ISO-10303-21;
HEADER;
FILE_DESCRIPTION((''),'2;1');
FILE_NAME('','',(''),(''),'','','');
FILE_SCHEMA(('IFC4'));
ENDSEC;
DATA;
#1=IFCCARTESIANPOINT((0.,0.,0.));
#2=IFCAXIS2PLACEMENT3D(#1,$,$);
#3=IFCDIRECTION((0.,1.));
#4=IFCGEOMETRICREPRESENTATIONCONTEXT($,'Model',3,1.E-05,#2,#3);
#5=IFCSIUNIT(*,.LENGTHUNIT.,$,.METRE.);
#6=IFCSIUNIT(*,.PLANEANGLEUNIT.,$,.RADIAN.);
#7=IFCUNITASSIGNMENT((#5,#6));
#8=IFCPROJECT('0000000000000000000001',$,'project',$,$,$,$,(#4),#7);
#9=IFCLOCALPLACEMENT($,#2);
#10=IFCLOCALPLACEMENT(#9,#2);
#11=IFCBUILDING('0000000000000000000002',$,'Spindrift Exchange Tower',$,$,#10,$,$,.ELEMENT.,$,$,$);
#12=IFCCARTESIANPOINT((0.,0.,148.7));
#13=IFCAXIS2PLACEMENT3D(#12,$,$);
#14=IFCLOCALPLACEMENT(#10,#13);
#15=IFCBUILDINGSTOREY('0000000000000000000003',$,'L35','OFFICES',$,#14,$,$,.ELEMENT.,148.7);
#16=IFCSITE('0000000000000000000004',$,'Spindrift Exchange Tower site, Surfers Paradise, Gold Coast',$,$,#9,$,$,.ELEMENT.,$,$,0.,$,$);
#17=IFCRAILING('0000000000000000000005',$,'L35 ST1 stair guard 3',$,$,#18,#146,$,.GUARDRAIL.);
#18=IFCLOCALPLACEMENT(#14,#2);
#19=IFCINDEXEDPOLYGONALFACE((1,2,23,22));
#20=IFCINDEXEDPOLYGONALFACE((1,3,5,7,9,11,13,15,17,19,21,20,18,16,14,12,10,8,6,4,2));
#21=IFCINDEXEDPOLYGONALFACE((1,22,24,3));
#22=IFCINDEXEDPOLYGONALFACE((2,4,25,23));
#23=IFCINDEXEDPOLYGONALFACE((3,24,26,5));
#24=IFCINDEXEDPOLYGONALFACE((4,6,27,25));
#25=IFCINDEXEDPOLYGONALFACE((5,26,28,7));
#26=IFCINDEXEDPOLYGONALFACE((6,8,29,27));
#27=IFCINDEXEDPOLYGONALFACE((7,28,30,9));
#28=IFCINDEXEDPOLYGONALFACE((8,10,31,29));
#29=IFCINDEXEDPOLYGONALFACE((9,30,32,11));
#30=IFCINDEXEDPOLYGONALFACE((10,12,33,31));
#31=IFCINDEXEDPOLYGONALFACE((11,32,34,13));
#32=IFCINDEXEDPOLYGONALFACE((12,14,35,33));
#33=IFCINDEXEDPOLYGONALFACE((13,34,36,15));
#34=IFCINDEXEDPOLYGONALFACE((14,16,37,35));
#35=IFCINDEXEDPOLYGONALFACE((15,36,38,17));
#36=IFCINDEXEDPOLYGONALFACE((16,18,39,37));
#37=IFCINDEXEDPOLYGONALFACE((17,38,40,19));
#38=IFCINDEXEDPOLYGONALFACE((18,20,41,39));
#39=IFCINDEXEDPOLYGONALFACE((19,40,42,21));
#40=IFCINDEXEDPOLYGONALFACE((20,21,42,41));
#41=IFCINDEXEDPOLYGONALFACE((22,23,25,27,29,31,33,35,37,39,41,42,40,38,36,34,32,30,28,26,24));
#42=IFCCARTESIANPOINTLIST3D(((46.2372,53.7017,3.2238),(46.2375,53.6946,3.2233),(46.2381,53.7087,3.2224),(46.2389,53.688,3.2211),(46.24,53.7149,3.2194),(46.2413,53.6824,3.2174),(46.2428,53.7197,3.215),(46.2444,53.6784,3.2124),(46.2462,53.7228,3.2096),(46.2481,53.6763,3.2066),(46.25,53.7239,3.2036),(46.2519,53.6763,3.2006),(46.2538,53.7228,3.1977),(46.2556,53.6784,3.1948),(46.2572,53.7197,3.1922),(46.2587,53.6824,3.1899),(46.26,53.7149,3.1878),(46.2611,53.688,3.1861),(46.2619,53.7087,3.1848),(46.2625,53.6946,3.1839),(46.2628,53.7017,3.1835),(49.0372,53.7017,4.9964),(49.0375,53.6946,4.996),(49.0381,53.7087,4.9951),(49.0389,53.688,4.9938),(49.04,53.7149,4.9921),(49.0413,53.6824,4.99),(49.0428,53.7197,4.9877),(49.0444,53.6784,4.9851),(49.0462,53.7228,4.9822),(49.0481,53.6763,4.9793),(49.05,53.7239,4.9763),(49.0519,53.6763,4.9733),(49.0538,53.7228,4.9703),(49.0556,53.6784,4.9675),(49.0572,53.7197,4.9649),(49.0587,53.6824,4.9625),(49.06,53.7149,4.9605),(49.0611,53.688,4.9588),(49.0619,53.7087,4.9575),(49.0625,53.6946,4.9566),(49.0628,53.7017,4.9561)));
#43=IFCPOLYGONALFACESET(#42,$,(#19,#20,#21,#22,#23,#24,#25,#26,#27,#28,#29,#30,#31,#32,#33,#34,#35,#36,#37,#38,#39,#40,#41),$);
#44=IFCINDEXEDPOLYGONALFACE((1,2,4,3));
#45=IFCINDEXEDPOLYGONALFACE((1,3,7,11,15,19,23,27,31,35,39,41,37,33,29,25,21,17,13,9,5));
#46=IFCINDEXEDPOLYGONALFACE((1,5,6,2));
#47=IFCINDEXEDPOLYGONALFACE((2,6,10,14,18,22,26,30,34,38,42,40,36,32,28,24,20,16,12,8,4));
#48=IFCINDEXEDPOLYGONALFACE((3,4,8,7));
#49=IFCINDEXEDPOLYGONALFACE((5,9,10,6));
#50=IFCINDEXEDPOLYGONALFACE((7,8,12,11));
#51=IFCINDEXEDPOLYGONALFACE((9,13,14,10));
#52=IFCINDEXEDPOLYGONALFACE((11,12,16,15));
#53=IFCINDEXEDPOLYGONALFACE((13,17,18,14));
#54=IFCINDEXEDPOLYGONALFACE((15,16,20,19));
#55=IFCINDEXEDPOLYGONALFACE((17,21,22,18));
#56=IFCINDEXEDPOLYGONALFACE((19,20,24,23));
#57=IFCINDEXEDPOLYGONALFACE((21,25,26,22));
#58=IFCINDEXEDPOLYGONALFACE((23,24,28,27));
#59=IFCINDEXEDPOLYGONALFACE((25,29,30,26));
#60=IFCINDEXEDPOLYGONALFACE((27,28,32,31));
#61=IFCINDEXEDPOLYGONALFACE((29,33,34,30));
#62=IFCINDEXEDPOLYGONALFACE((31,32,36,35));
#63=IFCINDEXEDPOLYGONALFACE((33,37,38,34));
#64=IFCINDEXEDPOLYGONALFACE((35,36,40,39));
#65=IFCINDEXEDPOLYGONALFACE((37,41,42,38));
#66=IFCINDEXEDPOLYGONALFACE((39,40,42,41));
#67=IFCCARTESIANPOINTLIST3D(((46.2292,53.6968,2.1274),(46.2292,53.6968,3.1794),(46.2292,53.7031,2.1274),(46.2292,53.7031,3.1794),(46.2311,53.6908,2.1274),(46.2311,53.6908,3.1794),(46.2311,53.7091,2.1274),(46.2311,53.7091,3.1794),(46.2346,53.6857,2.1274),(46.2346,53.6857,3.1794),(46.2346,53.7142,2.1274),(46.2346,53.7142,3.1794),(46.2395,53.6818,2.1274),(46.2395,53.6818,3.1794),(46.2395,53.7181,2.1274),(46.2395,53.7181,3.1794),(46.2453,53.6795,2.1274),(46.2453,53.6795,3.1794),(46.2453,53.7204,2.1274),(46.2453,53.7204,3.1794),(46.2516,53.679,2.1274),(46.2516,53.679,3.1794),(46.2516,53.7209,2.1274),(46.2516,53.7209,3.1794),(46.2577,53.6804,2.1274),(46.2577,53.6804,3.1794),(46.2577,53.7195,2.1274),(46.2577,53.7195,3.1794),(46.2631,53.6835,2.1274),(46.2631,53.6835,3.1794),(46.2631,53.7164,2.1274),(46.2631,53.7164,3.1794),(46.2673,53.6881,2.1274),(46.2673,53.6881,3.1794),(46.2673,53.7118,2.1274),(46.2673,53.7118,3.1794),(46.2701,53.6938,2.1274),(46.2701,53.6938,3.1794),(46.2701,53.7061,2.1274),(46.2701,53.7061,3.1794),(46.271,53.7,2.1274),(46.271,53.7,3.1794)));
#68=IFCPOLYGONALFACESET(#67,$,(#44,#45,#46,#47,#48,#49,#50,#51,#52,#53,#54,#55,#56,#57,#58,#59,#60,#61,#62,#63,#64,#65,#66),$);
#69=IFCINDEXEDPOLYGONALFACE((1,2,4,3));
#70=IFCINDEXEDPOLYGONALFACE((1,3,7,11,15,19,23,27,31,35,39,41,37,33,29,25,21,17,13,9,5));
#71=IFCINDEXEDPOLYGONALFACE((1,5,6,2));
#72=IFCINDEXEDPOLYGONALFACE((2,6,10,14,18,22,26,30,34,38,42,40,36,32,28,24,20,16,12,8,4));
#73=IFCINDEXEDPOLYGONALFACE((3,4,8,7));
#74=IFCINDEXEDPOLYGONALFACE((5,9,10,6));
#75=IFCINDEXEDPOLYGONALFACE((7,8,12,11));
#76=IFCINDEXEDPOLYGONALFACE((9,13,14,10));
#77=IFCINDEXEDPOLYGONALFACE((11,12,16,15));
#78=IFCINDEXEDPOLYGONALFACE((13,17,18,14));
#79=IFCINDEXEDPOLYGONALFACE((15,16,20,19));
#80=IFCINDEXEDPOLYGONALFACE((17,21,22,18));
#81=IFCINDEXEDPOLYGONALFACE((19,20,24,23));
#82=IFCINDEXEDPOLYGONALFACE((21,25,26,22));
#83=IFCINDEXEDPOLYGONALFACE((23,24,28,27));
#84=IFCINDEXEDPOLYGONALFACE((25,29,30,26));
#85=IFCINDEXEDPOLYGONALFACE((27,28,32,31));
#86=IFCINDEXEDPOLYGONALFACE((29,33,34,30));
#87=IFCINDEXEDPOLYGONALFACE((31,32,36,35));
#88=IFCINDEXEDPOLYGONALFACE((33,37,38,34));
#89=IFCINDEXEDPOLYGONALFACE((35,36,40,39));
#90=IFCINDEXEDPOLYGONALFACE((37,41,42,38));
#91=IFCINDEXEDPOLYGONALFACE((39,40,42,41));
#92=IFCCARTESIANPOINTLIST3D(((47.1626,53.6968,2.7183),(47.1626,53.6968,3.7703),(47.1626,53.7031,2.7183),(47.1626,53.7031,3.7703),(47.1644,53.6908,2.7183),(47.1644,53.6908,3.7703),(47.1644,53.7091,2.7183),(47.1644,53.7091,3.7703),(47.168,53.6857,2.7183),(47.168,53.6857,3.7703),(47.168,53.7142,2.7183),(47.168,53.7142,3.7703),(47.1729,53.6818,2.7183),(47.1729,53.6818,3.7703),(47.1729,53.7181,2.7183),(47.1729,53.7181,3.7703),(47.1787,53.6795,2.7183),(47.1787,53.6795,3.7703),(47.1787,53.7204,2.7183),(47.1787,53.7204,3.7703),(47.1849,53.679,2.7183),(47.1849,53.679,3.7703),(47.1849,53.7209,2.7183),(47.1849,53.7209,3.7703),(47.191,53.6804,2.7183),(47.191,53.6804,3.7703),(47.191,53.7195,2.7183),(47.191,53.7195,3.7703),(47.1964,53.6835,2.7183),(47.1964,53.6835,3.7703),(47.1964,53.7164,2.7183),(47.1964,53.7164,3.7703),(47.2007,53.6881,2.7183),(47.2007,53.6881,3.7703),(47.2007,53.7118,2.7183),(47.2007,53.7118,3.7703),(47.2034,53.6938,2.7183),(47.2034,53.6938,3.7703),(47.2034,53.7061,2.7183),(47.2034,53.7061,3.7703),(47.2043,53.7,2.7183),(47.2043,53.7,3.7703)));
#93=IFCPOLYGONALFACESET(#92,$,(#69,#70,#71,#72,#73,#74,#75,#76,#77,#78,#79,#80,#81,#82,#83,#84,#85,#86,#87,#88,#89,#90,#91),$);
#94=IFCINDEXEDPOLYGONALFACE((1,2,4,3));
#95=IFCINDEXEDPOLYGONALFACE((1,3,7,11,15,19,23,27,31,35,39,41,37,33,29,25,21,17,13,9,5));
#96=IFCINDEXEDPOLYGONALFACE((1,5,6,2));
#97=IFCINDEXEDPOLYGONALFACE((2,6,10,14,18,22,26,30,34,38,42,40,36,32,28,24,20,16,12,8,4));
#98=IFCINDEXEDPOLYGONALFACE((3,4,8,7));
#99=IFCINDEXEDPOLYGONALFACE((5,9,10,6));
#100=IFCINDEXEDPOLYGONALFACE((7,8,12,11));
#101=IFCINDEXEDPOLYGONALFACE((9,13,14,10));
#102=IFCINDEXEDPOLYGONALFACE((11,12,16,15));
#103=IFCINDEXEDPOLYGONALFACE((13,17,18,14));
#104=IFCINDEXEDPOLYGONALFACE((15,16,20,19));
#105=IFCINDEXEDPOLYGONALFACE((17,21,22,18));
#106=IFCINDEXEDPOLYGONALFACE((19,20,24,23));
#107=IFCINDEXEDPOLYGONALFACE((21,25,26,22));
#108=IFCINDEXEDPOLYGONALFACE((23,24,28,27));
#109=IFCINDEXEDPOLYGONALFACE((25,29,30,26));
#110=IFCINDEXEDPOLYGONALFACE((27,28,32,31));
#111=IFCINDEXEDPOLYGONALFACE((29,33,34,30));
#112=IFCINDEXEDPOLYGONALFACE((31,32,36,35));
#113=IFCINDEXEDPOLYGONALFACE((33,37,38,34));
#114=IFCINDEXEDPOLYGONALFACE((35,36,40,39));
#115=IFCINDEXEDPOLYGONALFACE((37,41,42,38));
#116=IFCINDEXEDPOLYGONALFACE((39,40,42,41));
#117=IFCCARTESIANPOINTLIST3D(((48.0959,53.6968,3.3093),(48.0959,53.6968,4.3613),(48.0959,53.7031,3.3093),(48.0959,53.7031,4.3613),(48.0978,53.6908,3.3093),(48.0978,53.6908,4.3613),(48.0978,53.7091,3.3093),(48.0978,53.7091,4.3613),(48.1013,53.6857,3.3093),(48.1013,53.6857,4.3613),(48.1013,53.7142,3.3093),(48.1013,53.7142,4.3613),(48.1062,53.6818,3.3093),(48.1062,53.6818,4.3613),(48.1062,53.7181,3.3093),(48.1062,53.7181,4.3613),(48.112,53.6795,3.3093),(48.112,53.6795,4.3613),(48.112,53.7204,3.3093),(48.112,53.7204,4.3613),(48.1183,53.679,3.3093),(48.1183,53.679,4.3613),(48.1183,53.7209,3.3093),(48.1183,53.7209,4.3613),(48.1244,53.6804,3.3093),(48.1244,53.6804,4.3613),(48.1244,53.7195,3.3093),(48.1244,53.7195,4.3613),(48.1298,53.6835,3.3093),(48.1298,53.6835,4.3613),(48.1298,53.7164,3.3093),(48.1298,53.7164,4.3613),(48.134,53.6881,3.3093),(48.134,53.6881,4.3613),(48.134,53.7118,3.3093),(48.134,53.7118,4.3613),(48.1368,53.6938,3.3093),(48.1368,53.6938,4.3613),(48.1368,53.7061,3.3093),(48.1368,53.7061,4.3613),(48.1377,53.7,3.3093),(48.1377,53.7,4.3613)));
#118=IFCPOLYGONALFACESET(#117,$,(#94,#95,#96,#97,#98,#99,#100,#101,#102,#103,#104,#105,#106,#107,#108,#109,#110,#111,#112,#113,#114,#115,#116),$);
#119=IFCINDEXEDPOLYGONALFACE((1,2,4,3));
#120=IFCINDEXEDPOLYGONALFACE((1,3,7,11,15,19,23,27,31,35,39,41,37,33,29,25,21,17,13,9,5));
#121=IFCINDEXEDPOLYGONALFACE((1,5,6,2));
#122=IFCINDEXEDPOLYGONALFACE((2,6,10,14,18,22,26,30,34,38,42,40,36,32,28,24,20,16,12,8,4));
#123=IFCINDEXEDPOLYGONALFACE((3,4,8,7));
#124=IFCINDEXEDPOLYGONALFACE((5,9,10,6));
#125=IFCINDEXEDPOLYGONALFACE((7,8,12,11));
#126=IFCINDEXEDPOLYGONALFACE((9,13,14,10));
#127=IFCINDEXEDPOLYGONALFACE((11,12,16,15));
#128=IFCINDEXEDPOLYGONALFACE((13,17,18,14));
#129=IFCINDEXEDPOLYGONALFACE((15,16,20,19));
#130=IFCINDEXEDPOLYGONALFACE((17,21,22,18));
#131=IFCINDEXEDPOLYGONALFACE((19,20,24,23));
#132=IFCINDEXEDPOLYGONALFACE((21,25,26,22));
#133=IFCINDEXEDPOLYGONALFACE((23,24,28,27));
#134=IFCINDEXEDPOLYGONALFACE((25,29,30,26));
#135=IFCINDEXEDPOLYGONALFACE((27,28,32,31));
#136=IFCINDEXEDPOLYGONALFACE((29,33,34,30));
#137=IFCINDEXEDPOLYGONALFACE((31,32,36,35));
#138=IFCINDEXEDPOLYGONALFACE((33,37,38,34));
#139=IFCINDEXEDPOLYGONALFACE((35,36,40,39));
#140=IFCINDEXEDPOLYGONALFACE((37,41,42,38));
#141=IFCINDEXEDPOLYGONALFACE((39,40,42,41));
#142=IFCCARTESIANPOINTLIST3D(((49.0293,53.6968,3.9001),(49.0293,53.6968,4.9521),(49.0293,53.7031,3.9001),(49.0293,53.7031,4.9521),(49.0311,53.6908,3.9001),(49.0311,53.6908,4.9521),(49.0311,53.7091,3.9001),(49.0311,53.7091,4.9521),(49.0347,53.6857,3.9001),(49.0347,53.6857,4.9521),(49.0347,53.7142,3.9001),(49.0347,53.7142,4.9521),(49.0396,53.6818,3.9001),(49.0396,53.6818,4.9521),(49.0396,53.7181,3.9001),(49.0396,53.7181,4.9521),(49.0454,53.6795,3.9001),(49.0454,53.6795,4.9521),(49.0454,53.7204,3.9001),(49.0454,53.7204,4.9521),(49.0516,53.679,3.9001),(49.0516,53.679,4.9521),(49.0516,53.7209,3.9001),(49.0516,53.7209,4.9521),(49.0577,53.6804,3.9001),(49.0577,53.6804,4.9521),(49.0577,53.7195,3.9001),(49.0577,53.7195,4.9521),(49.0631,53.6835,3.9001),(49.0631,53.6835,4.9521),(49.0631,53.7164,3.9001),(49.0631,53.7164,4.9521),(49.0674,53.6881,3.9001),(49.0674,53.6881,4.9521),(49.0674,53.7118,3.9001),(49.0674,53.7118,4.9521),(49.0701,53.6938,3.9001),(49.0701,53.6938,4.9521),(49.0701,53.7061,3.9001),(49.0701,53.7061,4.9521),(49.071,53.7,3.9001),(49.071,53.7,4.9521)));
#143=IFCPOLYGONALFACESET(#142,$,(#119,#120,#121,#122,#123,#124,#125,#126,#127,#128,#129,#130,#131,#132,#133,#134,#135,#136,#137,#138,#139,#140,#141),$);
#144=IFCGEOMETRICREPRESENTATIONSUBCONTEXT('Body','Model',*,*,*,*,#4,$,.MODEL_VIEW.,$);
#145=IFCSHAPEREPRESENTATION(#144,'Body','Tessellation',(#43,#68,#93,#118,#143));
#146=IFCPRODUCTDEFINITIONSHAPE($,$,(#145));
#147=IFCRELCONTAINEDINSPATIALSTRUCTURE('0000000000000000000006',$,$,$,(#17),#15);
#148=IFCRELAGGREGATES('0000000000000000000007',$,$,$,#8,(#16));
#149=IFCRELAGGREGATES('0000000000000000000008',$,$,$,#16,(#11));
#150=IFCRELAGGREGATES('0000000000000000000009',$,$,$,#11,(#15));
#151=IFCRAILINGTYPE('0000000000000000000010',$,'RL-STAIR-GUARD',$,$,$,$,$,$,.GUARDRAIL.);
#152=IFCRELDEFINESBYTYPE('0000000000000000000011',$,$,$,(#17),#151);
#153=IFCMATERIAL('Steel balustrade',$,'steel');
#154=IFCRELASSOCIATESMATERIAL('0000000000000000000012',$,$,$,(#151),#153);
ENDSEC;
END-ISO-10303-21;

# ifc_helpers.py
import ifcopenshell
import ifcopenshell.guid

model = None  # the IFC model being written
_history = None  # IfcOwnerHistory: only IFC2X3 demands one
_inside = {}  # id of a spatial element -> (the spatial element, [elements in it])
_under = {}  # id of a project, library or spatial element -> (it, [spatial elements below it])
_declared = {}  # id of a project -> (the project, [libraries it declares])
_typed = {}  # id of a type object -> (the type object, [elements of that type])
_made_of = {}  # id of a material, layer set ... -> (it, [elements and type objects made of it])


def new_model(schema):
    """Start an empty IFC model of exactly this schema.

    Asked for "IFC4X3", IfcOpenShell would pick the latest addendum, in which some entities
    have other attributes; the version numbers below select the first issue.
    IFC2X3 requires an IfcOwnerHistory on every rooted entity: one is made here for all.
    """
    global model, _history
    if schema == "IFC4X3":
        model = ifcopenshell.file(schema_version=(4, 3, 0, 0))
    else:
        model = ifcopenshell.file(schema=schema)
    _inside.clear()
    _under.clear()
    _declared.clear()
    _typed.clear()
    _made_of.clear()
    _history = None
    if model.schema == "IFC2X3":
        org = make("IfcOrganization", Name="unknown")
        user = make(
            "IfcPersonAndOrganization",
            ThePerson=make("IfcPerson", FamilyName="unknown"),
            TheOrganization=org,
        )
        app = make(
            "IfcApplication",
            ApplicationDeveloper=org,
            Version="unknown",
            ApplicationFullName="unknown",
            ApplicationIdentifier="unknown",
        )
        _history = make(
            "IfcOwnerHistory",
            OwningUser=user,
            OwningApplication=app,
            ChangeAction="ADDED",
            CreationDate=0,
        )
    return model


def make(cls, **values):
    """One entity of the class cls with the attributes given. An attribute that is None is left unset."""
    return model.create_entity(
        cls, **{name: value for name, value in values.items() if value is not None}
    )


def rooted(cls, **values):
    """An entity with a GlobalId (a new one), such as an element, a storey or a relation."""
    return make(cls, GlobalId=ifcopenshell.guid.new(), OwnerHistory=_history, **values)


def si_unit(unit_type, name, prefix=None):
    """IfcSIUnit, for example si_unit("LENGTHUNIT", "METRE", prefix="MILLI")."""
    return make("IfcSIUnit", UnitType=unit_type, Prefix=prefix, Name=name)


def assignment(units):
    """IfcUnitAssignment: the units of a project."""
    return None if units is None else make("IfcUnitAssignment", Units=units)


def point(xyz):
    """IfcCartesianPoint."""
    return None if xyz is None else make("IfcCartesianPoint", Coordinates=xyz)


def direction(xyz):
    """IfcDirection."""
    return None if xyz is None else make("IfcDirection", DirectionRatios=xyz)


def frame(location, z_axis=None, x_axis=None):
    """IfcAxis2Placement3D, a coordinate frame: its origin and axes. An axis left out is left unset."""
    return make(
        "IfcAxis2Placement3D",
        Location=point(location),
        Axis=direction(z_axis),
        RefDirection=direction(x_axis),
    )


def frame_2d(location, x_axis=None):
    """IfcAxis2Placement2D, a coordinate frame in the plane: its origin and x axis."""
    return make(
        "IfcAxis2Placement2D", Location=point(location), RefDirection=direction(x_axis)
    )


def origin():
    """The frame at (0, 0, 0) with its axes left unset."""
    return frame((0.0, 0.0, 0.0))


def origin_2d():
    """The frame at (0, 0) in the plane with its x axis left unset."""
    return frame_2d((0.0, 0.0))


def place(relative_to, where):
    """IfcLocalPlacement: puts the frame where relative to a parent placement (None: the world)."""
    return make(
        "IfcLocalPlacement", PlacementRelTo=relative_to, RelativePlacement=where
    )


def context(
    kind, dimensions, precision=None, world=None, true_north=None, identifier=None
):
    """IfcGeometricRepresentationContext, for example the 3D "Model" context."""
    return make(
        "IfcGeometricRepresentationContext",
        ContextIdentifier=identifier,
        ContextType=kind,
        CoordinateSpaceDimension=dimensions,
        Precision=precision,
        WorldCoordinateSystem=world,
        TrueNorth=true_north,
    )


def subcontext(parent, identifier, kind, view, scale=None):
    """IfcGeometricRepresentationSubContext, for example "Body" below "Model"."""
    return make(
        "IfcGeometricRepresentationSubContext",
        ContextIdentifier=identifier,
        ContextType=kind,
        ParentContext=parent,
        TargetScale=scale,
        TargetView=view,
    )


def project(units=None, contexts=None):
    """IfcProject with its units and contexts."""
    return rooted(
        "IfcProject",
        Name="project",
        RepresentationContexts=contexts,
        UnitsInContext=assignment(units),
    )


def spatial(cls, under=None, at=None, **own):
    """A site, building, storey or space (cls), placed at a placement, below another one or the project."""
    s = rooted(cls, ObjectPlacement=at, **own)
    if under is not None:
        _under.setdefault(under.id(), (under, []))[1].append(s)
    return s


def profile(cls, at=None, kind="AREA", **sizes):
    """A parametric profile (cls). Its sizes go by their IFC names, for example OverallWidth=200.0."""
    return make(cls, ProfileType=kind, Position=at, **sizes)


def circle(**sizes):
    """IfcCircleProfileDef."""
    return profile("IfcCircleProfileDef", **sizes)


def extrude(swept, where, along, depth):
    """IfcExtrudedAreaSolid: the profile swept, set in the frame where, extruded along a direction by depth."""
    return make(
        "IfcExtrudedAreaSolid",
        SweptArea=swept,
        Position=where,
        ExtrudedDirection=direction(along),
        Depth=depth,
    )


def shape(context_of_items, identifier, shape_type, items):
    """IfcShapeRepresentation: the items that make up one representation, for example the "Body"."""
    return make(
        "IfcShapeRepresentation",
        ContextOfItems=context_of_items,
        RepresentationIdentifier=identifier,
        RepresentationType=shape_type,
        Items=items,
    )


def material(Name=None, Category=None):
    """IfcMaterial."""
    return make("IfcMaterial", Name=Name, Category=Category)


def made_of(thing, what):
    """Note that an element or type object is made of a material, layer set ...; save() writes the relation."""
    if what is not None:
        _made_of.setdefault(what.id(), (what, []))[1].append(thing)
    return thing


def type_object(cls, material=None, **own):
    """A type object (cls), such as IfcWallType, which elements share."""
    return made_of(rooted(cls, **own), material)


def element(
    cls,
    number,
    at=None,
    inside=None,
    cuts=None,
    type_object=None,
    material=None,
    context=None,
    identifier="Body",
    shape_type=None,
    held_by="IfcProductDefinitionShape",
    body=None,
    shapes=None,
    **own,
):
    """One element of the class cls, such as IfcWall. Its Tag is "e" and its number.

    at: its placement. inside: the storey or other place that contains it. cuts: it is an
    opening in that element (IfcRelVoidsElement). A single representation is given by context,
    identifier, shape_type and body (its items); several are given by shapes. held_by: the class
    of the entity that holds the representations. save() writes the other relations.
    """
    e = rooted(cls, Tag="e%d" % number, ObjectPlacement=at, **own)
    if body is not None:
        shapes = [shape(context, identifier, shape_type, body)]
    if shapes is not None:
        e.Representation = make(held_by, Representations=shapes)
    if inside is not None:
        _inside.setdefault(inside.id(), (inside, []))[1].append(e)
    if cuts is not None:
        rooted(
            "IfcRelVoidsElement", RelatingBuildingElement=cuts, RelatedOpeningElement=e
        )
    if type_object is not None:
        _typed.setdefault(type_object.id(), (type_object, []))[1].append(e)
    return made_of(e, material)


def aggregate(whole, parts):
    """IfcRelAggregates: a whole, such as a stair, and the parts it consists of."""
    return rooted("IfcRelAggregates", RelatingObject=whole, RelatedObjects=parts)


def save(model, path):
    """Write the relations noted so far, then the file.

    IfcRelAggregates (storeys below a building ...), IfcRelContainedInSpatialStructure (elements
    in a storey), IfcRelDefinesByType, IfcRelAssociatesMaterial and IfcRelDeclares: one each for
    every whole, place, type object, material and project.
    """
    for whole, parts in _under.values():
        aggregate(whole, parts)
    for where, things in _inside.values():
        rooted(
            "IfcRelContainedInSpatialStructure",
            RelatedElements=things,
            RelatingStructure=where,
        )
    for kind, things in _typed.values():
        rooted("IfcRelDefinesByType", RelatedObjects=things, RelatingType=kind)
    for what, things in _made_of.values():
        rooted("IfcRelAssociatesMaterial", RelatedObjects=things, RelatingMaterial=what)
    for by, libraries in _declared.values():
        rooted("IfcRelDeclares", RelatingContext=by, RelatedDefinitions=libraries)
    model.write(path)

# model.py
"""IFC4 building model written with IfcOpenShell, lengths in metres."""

from ifc_helpers import new_model, si_unit, direction, frame, origin, origin_2d, place, context, subcontext, project, spatial, circle, extrude, material, type_object, element, save


model = new_model("IFC4")

# Units and contexts
model_context = context("Model", 3, precision=1e-05, world=origin(), true_north=direction((0.0, 1.0)))
body_context = subcontext(model_context, "Body", "Model", "MODEL_VIEW")
ifc_project = project(units=[si_unit("LENGTHUNIT", "METRE"), si_unit("PLANEANGLEUNIT", "RADIAN")], contexts=[model_context])

# Site, building, storey
site_placement = place(None, origin())
site = spatial("IfcSite", under=ifc_project, at=site_placement, Name="Spindrift Exchange Tower site, Surfers Paradise, Gold Coast", CompositionType="ELEMENT", RefElevation=0.0)
building_placement = place(site_placement, origin())
building = spatial("IfcBuilding", under=site, at=building_placement, Name="Spindrift Exchange Tower", CompositionType="ELEMENT")
storey_placement = place(building_placement, frame((0.0, 0.0, 148.7)))
storey = spatial("IfcBuildingStorey", under=building, at=storey_placement, Name="L35", Description="OFFICES", CompositionType="ELEMENT", Elevation=148.7)

# Railing
ifc_material_1 = material(Name="Steel balustrade", Category="steel")
railing_type_1 = type_object("IfcRailingType", Name="RL-STAIR-GUARD", PredefinedType="GUARDRAIL", material=ifc_material_1)
railing_1_placement = place(storey_placement, frame((46.25, 53.7, 2.1274)))
element("IfcRailing", 1, at=railing_1_placement, inside=storey, type_object=railing_type_1, Name="L35 ST1 stair guard 3", PredefinedType="GUARDRAIL", context=body_context, shape_type="SweptSolid", body=[
    extrude(circle(Radius=0.0239, at=origin_2d()), frame((0.0, 0.0, 1.0762), z_axis=(0.844909, 0.0, 0.53491), x_axis=(0.0, 1.0, 0.0)), (0.0, 0.0, 1.0), 3.314),
    extrude(circle(Radius=0.021, at=origin_2d()), origin(), (0.0, 0.0, 1.0), 1.052),
    extrude(circle(Radius=0.021, at=origin_2d()), frame((0.9333, 0.0, 0.5908)), (0.0, 0.0, 1.0), 1.052),
    extrude(circle(Radius=0.021, at=origin_2d()), frame((1.8667, 0.0, 1.1819)), (0.0, 0.0, 1.0), 1.052),
    extrude(circle(Radius=0.021, at=origin_2d()), frame((2.8, 0.0, 1.7727)), (0.0, 0.0, 1.0), 1.052),
])

save(model, "model.ifc")
